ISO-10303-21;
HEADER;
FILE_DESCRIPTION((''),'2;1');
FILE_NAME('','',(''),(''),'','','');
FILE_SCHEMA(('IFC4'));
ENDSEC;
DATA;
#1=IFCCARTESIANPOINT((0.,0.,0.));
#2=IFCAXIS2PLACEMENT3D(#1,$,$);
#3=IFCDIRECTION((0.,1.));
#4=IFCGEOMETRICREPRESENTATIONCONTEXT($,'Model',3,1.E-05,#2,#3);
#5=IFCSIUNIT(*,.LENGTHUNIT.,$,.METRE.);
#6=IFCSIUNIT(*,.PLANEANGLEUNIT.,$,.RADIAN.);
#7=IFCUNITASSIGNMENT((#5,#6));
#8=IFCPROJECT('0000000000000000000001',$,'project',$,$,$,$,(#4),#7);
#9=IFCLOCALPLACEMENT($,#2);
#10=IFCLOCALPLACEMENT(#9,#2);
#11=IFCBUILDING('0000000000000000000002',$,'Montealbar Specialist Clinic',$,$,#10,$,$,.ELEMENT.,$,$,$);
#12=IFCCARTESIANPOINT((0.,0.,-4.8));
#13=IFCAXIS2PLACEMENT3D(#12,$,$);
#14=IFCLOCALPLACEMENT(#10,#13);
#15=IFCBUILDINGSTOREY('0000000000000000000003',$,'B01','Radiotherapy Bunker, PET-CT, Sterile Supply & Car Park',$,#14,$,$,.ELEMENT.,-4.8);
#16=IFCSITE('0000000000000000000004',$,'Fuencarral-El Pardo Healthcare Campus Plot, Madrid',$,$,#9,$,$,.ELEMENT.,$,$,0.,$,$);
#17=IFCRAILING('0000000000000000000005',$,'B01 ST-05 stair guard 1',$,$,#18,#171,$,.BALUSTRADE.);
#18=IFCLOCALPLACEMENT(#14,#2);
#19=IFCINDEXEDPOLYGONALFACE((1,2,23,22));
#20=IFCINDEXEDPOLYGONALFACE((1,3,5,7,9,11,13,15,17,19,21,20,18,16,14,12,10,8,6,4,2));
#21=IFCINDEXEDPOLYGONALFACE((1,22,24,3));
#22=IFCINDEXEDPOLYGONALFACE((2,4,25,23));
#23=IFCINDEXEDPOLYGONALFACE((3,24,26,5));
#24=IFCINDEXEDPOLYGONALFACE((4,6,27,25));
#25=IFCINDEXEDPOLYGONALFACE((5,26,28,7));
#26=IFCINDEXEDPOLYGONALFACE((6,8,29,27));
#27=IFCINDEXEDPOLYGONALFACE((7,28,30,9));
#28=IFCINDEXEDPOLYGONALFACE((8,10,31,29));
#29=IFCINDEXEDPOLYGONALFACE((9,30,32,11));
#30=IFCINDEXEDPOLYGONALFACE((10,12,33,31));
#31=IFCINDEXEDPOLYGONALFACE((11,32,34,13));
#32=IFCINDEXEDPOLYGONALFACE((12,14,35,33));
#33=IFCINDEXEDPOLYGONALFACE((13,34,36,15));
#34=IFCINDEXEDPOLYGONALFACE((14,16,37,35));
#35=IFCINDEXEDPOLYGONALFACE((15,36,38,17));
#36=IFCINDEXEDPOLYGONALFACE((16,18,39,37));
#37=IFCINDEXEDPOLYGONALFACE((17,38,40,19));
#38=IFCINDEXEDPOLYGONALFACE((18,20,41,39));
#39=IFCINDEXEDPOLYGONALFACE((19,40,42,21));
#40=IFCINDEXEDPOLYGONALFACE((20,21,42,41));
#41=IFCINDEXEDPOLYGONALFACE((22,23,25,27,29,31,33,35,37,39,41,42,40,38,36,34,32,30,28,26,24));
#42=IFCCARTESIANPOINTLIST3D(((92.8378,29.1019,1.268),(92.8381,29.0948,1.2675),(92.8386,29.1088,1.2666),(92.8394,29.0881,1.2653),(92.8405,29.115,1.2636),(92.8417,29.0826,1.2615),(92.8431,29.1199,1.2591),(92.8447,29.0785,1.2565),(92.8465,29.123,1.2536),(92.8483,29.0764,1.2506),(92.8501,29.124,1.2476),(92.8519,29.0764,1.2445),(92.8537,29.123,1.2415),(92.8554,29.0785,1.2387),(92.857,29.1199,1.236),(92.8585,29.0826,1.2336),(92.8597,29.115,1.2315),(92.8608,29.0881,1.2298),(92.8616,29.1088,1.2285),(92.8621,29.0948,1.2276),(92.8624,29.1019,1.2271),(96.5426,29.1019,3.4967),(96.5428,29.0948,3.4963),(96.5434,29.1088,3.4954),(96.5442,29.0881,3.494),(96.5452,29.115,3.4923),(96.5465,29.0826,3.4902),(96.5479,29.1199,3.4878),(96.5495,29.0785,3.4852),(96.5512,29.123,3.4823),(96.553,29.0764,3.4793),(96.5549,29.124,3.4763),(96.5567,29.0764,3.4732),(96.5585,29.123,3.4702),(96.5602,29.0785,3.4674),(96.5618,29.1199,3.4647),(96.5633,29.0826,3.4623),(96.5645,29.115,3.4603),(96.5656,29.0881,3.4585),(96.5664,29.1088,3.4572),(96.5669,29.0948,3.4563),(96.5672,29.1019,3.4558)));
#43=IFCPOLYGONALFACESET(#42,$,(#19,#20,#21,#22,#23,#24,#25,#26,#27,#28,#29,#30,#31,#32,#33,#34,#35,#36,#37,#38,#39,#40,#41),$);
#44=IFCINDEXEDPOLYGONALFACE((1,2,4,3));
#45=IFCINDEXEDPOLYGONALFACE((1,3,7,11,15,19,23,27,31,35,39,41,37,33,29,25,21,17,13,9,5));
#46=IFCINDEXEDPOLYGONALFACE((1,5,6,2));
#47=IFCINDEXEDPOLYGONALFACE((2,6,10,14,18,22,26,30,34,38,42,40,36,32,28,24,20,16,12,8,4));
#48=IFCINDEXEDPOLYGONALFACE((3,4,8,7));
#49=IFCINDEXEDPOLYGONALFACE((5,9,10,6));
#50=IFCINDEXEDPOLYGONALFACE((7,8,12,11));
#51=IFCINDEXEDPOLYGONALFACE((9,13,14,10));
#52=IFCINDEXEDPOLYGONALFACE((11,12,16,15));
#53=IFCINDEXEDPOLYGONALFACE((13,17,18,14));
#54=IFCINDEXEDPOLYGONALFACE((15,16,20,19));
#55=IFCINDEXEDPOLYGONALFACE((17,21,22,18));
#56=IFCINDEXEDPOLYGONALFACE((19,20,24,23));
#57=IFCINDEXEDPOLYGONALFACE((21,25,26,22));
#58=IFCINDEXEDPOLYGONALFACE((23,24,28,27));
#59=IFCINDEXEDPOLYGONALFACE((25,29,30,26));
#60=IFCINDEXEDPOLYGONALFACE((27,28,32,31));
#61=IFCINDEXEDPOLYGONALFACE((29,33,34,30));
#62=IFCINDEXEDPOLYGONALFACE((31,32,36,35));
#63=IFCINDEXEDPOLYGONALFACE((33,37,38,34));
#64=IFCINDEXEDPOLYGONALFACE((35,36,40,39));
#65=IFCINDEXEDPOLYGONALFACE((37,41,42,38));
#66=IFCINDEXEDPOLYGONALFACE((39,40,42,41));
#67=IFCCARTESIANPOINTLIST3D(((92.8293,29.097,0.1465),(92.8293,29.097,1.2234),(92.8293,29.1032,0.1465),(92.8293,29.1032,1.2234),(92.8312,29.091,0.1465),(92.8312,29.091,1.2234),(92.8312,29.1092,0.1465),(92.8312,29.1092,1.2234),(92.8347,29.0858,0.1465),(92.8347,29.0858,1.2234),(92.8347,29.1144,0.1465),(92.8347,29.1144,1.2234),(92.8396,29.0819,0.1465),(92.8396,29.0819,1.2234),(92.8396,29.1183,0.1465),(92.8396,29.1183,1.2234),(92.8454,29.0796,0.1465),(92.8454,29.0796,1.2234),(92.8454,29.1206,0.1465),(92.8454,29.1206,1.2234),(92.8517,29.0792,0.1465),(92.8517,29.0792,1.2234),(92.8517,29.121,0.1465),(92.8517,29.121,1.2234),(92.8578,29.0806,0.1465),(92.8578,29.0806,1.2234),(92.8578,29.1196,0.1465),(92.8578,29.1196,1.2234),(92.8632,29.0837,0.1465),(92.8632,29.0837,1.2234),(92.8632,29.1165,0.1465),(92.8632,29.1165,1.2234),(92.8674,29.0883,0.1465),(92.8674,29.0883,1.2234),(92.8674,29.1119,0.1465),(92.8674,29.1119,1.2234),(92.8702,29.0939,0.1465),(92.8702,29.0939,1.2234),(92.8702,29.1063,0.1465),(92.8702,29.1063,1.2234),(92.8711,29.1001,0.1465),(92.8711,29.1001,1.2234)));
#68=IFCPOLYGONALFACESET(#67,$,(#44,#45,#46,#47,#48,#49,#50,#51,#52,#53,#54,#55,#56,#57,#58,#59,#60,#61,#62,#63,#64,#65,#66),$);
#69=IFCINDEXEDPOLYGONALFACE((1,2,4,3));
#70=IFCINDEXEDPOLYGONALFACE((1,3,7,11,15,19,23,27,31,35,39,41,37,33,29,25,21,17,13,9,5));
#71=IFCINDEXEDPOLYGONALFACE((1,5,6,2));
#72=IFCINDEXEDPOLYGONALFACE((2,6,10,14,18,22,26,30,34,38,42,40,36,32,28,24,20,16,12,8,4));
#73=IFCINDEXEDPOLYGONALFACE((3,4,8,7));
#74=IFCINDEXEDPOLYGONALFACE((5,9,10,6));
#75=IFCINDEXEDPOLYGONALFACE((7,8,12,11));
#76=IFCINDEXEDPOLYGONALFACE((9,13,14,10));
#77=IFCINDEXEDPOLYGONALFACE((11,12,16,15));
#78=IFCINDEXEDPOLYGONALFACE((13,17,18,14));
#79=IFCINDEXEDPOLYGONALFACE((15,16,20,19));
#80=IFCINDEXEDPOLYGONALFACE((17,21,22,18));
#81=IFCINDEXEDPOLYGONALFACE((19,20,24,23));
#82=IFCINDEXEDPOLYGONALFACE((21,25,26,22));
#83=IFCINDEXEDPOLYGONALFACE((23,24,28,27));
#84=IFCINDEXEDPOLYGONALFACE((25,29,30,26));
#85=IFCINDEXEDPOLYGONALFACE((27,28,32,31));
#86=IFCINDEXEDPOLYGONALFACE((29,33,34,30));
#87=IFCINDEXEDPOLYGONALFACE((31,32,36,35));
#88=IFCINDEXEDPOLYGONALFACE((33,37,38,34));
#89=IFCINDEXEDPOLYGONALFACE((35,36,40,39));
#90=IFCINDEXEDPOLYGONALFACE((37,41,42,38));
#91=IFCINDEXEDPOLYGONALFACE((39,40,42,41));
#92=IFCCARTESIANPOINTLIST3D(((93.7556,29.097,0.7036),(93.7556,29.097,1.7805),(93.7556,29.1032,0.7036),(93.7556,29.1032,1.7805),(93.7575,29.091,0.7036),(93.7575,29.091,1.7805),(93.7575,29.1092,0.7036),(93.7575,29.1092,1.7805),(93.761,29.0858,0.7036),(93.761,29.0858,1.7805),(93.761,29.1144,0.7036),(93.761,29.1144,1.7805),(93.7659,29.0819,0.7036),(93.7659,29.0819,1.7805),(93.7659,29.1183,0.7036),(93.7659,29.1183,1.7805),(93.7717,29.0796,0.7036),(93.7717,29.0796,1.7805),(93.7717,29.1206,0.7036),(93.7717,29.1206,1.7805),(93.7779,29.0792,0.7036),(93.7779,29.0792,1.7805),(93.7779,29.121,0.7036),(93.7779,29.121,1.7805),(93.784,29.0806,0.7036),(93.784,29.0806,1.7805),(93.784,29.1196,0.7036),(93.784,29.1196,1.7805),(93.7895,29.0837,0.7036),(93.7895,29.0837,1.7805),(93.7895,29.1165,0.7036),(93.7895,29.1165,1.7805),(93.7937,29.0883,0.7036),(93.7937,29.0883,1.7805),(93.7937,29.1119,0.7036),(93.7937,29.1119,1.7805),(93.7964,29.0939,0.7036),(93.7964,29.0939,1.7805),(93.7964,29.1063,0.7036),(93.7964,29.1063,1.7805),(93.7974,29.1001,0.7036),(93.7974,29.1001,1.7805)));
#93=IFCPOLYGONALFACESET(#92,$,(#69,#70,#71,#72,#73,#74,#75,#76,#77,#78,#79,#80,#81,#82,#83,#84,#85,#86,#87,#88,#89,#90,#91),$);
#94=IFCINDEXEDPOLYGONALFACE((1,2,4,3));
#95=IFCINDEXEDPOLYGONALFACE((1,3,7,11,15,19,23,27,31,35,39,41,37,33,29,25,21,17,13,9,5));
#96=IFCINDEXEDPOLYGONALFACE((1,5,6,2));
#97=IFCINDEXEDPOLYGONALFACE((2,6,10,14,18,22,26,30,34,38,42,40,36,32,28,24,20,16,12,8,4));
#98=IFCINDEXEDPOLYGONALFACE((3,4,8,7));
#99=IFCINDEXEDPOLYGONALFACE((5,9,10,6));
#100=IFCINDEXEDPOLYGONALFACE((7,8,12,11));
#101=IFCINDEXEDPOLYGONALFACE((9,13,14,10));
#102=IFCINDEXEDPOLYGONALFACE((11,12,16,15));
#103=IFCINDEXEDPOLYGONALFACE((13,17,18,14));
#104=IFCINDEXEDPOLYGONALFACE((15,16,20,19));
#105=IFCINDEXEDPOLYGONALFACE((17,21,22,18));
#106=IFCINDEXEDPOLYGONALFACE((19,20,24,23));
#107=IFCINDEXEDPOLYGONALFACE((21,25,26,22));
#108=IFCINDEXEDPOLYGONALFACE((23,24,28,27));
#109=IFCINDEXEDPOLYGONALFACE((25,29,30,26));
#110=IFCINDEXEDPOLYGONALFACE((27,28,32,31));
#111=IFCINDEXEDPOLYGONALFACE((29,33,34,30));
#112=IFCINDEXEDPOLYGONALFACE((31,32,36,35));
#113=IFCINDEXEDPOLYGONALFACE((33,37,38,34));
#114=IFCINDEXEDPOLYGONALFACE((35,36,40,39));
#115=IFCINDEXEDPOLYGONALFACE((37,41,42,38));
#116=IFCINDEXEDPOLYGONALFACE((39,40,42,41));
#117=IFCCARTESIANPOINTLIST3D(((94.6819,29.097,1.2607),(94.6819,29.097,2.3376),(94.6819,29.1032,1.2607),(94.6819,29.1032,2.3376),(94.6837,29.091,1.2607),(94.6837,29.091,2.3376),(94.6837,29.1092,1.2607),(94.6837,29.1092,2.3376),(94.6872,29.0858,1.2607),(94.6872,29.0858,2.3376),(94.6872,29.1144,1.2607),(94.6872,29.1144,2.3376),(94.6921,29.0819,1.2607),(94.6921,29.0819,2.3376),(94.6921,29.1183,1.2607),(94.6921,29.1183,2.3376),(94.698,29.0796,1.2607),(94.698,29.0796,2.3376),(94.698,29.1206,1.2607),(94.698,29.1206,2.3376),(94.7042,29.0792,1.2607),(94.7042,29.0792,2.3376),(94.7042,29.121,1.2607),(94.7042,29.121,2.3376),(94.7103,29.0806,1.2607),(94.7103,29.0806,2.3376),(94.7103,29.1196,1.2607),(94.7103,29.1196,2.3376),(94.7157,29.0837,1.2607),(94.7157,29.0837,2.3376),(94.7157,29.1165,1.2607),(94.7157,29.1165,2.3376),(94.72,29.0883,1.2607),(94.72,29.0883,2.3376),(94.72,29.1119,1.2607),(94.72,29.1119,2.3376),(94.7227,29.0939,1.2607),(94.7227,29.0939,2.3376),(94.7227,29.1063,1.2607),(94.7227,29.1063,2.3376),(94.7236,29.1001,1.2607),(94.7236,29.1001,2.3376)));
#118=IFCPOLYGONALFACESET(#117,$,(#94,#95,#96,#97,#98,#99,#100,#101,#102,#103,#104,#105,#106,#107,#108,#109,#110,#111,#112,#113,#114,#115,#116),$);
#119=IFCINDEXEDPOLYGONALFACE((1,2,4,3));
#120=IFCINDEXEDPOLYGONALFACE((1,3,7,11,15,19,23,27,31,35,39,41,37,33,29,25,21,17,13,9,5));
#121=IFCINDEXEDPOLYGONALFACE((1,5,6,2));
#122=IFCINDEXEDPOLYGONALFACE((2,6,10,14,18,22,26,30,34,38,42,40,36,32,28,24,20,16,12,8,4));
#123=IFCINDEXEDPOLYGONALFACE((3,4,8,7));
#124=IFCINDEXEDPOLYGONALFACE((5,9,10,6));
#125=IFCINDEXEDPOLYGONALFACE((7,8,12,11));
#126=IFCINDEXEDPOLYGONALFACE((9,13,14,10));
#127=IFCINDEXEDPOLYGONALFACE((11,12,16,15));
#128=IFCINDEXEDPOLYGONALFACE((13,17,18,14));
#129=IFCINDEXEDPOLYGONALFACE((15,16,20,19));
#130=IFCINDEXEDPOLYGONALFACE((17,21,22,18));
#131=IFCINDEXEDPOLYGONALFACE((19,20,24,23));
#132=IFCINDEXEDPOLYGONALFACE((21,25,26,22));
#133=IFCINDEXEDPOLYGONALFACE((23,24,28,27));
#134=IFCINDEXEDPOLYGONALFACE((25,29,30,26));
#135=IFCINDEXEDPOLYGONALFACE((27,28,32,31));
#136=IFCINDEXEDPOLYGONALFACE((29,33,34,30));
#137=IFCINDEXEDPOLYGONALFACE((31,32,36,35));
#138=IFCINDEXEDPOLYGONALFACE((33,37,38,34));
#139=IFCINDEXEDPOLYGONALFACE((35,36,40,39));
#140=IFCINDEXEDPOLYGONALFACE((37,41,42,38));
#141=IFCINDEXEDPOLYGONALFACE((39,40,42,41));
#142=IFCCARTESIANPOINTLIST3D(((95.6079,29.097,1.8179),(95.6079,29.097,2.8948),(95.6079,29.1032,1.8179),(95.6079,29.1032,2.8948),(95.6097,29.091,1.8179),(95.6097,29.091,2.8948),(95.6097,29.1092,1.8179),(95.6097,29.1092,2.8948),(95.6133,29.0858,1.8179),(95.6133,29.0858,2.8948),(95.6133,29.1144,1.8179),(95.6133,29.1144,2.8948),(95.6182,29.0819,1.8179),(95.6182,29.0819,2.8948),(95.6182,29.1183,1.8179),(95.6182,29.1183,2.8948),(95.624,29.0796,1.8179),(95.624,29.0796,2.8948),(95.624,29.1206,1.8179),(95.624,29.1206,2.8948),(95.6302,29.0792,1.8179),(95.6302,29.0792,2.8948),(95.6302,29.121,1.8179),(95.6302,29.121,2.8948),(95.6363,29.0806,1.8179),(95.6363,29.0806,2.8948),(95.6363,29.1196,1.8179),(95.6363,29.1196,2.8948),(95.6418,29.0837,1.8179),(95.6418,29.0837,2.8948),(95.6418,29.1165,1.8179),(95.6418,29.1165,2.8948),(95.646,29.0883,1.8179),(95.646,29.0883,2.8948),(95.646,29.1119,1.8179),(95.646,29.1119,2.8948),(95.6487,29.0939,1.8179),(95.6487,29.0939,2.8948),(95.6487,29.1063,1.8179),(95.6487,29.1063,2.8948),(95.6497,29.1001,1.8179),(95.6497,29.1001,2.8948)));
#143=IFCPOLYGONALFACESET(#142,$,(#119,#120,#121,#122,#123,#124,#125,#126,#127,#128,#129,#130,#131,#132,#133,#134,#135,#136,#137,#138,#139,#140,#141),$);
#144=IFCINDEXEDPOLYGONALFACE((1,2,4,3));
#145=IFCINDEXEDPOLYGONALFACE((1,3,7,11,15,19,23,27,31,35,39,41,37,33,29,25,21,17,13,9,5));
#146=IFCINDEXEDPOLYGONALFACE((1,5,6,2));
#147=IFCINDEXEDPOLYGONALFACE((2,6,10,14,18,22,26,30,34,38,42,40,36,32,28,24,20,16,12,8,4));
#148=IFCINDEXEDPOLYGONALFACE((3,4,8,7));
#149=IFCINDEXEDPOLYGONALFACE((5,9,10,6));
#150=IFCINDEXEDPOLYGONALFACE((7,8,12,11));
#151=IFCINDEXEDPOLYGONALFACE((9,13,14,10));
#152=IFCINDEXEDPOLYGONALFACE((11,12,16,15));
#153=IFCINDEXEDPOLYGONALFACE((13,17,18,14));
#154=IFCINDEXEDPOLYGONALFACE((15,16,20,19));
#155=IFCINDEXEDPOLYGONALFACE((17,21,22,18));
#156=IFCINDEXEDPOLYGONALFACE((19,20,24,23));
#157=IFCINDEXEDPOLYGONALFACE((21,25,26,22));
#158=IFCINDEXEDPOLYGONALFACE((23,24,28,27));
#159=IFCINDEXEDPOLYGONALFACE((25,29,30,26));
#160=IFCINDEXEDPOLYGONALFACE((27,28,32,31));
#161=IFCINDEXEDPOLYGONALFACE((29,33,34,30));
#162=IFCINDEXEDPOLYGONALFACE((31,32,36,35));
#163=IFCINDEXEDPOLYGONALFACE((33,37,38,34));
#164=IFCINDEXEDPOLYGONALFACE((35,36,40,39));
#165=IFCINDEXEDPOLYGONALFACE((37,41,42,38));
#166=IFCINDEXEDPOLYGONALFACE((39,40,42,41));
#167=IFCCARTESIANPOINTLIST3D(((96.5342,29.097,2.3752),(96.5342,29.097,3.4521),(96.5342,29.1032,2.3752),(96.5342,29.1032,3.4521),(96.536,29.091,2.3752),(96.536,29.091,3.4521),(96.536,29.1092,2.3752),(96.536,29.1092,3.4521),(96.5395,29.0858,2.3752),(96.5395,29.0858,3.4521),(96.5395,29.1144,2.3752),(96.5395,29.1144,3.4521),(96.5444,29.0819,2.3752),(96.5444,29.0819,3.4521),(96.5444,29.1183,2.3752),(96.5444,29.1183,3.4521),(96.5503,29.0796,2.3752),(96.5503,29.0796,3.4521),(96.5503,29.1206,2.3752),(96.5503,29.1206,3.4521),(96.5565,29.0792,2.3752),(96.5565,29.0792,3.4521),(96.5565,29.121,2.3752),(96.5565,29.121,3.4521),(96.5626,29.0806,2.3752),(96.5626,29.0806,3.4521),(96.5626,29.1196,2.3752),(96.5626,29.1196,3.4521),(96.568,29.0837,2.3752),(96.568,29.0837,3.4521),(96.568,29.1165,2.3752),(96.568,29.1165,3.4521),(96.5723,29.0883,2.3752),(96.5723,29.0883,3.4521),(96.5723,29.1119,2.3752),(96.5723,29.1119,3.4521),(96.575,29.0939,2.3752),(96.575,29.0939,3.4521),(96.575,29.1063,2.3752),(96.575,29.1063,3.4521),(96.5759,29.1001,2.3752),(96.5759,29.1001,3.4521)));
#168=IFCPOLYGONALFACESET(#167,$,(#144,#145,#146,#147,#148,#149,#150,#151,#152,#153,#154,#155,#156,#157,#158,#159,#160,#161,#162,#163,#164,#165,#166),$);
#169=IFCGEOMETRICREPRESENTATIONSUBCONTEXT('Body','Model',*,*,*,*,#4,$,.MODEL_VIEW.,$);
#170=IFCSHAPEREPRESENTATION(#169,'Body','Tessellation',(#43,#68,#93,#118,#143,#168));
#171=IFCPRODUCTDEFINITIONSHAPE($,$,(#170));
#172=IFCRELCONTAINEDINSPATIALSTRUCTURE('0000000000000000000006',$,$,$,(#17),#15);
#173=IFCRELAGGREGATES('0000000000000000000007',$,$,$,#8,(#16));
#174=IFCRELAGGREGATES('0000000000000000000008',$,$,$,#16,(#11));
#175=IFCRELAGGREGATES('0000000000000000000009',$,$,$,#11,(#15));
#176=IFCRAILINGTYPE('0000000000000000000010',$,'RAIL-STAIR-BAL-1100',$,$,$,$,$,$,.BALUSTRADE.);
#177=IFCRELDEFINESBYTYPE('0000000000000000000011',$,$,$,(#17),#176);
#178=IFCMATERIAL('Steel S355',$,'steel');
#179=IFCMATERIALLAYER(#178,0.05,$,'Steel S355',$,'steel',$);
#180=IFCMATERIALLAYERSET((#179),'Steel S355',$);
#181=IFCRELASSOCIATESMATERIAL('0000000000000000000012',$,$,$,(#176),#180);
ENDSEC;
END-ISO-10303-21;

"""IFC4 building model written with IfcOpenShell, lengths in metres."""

from ifc_helpers import new_model, si_unit, direction, frame, origin, origin_2d, place, context, subcontext, project, spatial, circle, extrude, material, layer, layer_set, type_object, element, save


model = new_model("IFC4")

# Units and contexts
model_context = context("Model", 3, precision=1e-05, world=origin(), true_north=direction((0.0, 1.0)))
body_context = subcontext(model_context, "Body", "Model", "MODEL_VIEW")
ifc_project = project(units=[si_unit("LENGTHUNIT", "METRE"), si_unit("PLANEANGLEUNIT", "RADIAN")], contexts=[model_context])

# Site, building, storey
site_placement = place(None, origin())
site = spatial("IfcSite", under=ifc_project, at=site_placement, Name="Fuencarral-El Pardo Healthcare Campus Plot, Madrid", CompositionType="ELEMENT", RefElevation=0.0)
building_placement = place(site_placement, origin())
building = spatial("IfcBuilding", under=site, at=building_placement, Name="Montealbar Specialist Clinic", CompositionType="ELEMENT")
storey_placement = place(building_placement, frame((0.0, 0.0, -4.8)))
storey = spatial("IfcBuildingStorey", under=building, at=storey_placement, Name="B01", Description="Radiotherapy Bunker, PET-CT, Sterile Supply & Car Park", CompositionType="ELEMENT", Elevation=-4.8)

# Shared definitions
ifc_material_1 = material(Name="Steel S355", Category="steel")

# Railing
ifc_layer_1 = layer(ifc_material_1, 0.05, Name="Steel S355", Category="steel")
ifc_layer_set_1 = layer_set([ifc_layer_1], Name="Steel S355")
railing_type_1 = type_object("IfcRailingType", Name="RAIL-STAIR-BAL-1100", PredefinedType="BALUSTRADE", material=ifc_layer_set_1)
railing_1_placement = place(storey_placement, frame((92.8501, 29.1001, 0.1714)))
element("IfcRailing", 1, at=railing_1_placement, inside=storey, type_object=railing_type_1, Name="B01 ST-05 stair guard 1", PredefinedType="BALUSTRADE", context=body_context, shape_type="SweptSolid", body=[
    extrude(circle(Radius=0.0239, at=origin_2d()), frame((0.0, 0.0, 1.0762), z_axis=(0.856894, 0.0, 0.515492), x_axis=(0.0, 1.0, 0.0)), (0.0, 0.0, 1.0), 4.3235),
    extrude(circle(Radius=0.021, at=origin_2d()), frame((0.0, 0.0, -0.0249)), (0.0, 0.0, 1.0), 1.0769),
    extrude(circle(Radius=0.021, at=origin_2d()), frame((0.9263, 0.0, 0.5322)), (0.0, 0.0, 1.0), 1.0769),
    extrude(circle(Radius=0.021, at=origin_2d()), frame((1.8525, 0.0, 1.0894)), (0.0, 0.0, 1.0), 1.0769),
    extrude(circle(Radius=0.021, at=origin_2d()), frame((2.7786, 0.0, 1.6465)), (0.0, 0.0, 1.0), 1.0769),
    extrude(circle(Radius=0.021, at=origin_2d()), frame((3.7048, 0.0, 2.2039)), (0.0, 0.0, 1.0), 1.0769),
])

save(model, "model.ifc")
